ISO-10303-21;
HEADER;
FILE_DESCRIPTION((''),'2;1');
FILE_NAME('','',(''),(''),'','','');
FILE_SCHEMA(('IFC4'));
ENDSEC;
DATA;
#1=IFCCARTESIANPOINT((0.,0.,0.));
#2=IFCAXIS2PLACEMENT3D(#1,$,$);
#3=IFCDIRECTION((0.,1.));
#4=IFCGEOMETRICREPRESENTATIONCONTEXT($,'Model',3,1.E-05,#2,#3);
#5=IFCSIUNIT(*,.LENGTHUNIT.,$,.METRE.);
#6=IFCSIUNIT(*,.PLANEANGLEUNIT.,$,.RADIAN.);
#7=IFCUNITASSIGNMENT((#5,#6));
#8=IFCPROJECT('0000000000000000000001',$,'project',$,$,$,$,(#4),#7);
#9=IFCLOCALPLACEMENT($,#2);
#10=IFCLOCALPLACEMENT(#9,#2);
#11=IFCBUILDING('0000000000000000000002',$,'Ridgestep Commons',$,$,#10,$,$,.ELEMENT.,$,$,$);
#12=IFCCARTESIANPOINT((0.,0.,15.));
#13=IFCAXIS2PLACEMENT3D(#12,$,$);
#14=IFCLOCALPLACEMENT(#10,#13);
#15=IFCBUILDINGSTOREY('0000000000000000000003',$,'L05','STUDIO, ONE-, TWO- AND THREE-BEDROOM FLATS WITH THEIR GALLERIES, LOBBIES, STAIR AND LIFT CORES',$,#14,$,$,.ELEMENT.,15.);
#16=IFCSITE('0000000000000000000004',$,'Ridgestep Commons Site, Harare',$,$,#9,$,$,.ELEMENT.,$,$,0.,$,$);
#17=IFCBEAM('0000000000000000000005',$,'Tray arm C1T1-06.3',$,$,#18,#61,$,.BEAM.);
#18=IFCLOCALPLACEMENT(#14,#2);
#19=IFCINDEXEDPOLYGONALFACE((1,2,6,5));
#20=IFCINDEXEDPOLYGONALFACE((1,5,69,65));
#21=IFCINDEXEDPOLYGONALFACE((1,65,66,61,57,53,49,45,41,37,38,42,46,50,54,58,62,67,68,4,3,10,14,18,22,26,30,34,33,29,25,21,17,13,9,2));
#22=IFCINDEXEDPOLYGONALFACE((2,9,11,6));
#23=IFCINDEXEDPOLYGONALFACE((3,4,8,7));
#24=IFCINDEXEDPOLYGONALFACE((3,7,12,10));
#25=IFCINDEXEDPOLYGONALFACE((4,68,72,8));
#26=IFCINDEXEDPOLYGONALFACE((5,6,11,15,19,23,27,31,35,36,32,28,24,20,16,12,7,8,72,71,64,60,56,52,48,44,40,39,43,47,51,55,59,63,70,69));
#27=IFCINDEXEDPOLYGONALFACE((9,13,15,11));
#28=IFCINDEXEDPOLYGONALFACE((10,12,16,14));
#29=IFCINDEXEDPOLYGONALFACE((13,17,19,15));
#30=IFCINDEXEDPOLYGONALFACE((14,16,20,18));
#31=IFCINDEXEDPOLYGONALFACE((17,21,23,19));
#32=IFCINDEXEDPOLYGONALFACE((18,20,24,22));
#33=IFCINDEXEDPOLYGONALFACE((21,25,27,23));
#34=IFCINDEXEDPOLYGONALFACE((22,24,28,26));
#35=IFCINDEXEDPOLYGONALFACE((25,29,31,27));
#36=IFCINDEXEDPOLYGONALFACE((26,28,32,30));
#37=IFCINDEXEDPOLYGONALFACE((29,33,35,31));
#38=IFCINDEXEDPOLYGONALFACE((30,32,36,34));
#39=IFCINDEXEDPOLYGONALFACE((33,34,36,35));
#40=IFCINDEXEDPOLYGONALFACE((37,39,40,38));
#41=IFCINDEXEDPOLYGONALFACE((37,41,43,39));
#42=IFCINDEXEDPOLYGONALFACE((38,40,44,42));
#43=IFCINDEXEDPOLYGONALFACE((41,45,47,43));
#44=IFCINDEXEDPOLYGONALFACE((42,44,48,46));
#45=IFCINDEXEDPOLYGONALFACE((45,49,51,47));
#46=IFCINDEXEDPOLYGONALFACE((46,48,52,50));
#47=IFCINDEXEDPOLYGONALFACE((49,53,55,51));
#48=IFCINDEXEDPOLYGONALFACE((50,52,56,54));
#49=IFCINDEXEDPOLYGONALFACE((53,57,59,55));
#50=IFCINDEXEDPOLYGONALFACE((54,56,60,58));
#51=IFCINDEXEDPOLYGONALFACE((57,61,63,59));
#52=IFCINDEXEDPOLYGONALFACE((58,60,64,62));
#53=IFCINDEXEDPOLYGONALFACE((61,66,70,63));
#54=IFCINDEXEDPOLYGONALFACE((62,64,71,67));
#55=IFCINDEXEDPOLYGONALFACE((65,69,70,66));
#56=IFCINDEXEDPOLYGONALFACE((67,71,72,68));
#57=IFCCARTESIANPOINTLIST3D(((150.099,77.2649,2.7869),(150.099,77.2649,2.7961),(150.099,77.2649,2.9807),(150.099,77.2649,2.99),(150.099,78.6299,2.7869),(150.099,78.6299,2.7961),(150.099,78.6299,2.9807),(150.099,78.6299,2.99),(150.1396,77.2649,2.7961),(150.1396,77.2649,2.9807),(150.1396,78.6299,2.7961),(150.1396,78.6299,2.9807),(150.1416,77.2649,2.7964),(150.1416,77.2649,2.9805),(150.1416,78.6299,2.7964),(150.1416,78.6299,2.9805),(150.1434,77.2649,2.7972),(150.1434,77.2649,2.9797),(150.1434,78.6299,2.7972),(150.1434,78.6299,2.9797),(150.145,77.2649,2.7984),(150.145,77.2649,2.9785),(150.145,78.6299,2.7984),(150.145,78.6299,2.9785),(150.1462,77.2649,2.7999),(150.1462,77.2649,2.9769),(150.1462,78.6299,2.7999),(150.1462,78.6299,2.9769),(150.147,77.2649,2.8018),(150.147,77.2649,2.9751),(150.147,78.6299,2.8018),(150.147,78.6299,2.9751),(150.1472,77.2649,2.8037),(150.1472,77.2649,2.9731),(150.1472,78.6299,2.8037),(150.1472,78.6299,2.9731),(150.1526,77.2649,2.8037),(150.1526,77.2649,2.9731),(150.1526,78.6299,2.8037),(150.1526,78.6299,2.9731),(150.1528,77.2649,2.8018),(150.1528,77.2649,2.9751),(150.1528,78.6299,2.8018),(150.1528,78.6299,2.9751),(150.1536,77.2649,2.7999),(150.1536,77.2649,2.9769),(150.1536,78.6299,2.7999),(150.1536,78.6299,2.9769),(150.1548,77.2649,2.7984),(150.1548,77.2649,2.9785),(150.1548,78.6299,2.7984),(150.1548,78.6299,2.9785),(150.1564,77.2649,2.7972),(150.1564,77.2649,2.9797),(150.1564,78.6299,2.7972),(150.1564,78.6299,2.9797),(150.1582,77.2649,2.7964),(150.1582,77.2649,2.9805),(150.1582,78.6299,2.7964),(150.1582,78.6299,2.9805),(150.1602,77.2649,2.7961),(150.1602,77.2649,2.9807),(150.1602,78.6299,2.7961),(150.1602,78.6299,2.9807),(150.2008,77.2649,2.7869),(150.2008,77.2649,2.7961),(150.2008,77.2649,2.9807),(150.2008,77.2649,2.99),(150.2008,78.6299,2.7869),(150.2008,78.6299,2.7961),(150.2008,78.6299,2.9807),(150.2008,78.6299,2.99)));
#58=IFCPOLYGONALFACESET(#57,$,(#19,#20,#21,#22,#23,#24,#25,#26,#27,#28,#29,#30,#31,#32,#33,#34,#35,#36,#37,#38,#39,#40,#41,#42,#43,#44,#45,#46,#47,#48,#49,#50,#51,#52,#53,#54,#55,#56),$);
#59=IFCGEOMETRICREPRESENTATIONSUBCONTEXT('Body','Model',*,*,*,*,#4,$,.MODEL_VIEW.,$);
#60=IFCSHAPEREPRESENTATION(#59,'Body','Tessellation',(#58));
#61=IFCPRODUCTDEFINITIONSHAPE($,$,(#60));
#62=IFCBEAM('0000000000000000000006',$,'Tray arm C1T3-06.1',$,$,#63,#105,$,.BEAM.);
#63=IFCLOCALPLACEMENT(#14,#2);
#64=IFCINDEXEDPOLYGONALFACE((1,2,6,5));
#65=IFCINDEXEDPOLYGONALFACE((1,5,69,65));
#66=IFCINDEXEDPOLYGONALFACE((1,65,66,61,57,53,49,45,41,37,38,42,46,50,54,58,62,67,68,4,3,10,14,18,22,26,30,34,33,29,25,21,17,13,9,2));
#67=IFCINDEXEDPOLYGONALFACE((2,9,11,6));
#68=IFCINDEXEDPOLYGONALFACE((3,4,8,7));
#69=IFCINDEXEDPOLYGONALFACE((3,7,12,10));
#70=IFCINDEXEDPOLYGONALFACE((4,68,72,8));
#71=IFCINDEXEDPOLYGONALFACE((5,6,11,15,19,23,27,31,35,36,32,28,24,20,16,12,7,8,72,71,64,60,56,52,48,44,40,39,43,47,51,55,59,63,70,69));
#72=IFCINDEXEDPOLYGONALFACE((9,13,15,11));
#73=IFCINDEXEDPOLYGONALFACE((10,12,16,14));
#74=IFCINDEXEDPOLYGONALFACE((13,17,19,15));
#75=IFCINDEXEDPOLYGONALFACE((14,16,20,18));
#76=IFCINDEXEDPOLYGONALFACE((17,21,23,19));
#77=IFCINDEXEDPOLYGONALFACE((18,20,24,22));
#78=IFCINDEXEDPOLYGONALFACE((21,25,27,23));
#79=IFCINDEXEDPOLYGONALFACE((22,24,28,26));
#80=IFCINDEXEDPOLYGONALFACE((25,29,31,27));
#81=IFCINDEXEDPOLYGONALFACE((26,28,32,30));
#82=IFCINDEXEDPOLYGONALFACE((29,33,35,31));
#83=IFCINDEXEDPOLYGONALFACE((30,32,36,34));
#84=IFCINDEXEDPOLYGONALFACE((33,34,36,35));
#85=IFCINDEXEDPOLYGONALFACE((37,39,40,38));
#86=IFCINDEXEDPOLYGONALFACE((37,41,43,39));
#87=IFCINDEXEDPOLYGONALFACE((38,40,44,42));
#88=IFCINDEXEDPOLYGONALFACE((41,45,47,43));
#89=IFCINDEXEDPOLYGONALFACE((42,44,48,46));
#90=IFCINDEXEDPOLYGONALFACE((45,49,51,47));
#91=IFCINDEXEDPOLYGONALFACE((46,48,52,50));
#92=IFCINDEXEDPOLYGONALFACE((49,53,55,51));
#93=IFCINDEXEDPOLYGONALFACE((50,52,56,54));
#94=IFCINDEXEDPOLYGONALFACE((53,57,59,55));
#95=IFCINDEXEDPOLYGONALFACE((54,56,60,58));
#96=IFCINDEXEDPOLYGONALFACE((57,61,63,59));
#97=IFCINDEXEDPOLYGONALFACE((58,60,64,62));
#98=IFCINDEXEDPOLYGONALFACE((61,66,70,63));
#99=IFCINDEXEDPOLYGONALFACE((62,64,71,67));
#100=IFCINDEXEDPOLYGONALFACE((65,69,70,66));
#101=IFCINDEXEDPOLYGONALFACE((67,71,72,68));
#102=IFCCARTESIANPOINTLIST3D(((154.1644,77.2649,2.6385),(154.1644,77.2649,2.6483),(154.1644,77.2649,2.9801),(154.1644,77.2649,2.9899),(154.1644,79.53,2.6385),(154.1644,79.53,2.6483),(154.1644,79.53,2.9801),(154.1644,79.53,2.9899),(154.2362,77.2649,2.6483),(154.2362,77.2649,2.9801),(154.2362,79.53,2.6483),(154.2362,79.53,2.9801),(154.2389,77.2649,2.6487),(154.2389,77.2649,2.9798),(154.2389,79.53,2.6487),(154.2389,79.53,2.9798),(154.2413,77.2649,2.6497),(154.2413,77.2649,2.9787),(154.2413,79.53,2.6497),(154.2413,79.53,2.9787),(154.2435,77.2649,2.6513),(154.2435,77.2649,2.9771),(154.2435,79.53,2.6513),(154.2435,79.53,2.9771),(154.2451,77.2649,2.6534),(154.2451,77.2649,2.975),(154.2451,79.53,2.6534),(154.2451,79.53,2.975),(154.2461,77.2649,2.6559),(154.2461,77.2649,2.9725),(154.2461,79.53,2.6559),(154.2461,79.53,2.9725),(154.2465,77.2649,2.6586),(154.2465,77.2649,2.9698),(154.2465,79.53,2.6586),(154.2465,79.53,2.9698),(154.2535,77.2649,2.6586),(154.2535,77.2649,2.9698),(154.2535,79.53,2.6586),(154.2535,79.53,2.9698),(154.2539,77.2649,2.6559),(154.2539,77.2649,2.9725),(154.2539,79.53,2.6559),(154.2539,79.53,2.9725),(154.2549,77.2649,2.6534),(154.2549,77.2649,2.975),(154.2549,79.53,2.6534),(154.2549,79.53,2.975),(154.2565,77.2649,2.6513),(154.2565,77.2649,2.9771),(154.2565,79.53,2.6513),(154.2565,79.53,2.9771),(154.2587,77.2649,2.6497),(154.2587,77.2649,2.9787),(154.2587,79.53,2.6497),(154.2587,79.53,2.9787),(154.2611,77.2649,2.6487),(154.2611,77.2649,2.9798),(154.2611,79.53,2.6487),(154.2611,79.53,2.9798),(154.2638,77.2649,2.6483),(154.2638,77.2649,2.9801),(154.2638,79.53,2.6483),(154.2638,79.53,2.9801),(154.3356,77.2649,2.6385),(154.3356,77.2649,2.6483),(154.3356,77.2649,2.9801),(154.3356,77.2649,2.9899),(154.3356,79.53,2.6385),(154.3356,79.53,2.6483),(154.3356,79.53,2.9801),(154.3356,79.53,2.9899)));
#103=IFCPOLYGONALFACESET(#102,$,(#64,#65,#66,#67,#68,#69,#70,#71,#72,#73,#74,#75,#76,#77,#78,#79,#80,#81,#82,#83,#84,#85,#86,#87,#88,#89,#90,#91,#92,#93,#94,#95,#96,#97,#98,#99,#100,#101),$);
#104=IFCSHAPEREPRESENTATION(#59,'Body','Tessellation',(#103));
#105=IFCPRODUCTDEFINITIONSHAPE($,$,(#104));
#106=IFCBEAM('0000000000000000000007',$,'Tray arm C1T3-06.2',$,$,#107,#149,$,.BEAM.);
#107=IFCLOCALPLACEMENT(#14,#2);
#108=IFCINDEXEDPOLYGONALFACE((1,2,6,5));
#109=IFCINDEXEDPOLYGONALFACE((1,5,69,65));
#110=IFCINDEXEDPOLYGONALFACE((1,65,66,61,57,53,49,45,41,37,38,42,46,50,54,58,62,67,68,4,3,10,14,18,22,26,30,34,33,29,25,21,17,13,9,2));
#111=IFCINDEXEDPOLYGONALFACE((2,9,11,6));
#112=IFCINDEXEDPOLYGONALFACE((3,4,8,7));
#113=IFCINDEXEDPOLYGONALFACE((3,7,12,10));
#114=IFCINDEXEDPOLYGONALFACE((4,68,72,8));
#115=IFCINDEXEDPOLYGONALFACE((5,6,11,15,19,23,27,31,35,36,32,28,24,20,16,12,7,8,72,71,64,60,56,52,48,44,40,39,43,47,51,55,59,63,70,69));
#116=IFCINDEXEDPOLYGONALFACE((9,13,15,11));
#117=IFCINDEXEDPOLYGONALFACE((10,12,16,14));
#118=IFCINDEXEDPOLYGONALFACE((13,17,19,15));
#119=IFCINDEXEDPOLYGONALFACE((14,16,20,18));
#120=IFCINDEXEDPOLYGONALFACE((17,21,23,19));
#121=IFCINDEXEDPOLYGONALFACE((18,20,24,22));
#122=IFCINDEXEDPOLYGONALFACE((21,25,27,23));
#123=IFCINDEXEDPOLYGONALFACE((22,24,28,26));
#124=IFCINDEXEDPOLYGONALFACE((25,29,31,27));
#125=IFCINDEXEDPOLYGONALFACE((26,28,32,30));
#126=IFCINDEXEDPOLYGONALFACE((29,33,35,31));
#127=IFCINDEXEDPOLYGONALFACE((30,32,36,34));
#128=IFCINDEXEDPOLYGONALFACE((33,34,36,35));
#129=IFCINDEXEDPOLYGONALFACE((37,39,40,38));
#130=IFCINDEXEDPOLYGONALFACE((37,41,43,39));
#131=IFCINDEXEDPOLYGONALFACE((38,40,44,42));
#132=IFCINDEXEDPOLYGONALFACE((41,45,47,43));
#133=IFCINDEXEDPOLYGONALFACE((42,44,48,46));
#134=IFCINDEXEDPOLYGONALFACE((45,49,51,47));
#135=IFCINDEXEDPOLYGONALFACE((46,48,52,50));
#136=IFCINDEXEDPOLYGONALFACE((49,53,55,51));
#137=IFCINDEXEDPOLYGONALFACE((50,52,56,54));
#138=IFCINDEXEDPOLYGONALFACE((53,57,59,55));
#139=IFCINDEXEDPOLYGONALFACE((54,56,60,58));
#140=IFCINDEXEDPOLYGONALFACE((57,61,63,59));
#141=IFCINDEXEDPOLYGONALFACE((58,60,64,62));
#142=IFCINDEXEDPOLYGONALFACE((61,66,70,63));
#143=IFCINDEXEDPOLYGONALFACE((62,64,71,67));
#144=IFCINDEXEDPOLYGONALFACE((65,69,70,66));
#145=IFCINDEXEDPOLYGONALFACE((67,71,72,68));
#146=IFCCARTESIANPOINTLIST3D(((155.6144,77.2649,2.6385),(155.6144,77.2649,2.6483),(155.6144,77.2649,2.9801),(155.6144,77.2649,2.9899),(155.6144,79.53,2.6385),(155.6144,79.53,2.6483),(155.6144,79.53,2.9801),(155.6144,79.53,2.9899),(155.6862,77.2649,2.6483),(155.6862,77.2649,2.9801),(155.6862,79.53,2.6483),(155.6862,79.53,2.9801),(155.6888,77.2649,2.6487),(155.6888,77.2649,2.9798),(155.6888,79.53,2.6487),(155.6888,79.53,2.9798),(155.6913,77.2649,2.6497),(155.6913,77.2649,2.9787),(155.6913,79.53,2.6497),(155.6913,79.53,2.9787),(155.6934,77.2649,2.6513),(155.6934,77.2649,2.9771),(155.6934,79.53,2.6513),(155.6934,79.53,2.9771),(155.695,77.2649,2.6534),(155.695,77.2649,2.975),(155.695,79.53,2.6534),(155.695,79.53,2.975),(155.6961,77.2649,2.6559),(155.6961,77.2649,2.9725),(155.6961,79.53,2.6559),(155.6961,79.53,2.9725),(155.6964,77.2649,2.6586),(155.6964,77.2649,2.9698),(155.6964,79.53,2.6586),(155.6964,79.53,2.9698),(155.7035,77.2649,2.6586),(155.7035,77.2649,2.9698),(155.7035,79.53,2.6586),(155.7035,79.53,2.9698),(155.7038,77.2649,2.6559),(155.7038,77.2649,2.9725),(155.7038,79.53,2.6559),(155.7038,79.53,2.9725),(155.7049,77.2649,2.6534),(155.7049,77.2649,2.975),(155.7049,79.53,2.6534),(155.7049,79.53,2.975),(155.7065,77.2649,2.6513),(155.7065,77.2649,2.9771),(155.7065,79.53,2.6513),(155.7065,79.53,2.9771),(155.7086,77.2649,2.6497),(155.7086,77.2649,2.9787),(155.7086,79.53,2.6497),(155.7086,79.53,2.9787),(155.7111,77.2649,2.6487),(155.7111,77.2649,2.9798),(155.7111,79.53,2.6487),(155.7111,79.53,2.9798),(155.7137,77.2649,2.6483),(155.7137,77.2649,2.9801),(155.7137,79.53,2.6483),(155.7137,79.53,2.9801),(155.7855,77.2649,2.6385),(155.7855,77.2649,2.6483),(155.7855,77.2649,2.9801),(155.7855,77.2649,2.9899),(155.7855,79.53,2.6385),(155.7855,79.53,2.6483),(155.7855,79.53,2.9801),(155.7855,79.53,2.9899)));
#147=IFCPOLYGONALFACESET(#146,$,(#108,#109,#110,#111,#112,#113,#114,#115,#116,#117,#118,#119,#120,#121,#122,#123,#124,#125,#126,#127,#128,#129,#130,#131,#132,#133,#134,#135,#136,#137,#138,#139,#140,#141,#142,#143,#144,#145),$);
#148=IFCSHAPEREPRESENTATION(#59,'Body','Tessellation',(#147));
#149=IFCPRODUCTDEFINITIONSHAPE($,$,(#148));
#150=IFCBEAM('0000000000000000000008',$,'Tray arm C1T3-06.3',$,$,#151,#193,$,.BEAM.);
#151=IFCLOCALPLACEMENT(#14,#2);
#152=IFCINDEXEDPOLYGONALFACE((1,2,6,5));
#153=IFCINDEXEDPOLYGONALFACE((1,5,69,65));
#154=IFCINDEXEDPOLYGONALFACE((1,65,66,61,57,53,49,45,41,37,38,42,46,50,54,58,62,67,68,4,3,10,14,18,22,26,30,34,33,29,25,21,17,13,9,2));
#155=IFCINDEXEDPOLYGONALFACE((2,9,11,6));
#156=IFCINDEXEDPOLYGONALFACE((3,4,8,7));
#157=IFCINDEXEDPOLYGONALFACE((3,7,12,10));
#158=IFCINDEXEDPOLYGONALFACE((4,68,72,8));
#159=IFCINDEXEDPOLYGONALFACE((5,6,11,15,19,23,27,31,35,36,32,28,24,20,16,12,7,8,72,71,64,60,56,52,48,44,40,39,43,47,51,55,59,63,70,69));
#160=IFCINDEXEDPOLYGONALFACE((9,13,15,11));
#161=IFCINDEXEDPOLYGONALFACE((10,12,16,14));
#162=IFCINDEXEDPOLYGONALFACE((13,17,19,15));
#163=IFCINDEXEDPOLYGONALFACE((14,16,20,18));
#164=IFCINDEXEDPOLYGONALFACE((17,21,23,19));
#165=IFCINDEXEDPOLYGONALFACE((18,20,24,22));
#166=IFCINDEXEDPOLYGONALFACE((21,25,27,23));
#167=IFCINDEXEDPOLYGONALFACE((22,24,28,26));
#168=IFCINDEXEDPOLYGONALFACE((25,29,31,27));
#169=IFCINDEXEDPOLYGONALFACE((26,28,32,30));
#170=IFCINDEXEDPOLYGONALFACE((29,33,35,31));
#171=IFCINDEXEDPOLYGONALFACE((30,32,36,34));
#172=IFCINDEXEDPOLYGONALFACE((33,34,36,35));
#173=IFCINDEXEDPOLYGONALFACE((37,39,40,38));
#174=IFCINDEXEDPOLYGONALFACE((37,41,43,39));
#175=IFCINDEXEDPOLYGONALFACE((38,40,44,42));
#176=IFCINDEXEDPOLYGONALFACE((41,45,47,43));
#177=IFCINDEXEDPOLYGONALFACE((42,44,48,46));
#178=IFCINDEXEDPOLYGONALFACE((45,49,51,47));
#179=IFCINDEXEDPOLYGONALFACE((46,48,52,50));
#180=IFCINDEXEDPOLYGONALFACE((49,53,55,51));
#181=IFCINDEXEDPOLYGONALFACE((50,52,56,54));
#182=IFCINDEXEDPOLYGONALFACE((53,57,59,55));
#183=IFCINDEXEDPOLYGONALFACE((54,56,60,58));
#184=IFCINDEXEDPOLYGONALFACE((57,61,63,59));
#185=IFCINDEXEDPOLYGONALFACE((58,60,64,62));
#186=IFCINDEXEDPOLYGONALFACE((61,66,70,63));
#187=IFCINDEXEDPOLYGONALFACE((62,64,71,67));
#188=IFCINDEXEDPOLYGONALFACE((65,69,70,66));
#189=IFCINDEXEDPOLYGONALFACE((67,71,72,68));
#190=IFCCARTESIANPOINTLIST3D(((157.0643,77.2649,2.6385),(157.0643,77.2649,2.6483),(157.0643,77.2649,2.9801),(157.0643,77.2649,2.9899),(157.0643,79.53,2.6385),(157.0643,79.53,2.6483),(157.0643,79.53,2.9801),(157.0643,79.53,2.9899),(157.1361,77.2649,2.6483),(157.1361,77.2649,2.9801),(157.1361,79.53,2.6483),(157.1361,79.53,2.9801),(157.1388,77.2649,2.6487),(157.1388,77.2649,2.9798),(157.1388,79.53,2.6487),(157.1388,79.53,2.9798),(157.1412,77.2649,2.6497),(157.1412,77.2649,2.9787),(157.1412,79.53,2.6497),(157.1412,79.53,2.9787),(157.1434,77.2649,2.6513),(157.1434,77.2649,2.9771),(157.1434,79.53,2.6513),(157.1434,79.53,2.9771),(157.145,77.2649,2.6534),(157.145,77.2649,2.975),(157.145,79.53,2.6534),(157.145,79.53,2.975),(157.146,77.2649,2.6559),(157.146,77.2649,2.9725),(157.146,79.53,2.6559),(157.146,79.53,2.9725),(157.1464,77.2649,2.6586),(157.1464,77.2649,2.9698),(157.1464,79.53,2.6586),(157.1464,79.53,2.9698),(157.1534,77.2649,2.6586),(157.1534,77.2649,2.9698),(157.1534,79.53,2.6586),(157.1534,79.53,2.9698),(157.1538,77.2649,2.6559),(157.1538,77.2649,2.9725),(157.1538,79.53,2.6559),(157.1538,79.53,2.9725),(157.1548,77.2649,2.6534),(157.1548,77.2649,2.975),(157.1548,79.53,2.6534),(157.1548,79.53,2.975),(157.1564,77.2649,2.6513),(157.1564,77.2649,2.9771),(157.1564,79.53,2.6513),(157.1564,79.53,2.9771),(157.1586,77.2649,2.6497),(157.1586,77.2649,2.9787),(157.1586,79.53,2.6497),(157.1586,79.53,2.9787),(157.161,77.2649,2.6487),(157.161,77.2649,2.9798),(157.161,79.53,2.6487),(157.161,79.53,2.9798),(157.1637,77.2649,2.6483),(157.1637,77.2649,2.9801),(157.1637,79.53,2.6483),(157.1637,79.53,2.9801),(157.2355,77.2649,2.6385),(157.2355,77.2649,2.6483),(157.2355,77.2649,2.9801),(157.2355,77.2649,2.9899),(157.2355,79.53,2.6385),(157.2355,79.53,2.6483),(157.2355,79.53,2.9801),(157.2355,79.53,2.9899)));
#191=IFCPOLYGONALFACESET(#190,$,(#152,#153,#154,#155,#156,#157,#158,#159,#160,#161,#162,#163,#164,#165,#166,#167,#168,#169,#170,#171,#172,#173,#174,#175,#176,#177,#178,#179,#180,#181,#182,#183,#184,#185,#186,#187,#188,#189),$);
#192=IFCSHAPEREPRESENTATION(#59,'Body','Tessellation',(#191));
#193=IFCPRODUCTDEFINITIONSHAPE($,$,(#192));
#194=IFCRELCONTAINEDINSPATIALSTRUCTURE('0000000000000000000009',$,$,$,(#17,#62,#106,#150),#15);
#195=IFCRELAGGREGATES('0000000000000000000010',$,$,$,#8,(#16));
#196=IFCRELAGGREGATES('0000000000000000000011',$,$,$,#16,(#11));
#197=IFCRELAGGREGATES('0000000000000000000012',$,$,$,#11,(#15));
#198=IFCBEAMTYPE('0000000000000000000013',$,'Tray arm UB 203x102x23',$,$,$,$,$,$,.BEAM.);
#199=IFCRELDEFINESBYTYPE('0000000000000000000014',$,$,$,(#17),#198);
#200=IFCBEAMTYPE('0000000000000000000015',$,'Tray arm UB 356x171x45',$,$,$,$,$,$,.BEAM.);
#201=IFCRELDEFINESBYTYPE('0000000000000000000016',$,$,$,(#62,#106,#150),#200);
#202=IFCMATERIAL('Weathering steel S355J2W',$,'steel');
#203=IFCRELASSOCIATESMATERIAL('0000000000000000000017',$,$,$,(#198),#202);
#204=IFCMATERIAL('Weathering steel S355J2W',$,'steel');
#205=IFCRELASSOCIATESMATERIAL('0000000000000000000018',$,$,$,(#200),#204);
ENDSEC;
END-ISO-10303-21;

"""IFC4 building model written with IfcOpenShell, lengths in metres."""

from ifc_helpers import new_model, si_unit, direction, frame, origin, origin_2d, place, context, subcontext, project, spatial, i_section, extrude, material, material_profile, profile_set, type_object, element, save


model = new_model("IFC4")

# Units and contexts
model_context = context("Model", 3, precision=1e-05, world=origin(), true_north=direction((0.0, 1.0)))
body_context = subcontext(model_context, "Body", "Model", "MODEL_VIEW")
ifc_project = project(units=[si_unit("LENGTHUNIT", "METRE"), si_unit("PLANEANGLEUNIT", "RADIAN")], contexts=[model_context])

# Site, building, storey
site_placement = place(None, origin())
site = spatial("IfcSite", under=ifc_project, at=site_placement, Name="Ridgestep Commons Site, Harare", CompositionType="ELEMENT", RefElevation=0.0)
building_placement = place(site_placement, origin())
building = spatial("IfcBuilding", under=site, at=building_placement, Name="Ridgestep Commons", CompositionType="ELEMENT")
storey_placement = place(building_placement, frame((0.0, 0.0, 15.0)))
storey = spatial("IfcBuildingStorey", under=building, at=storey_placement, Name="L05", Description="STUDIO, ONE-, TWO- AND THREE-BEDROOM FLATS WITH THEIR GALLERIES, LOBBIES, STAIR AND LIFT CORES", CompositionType="ELEMENT", Elevation=15.0)

# Beams
ifc_material_1 = material(Name="Weathering steel S355J2W", Category="steel")
ifc_material_profile_1 = material_profile(ifc_material_1, i_section(OverallWidth=0.1018, OverallDepth=0.2031, WebThickness=0.0054, FlangeThickness=0.0093, FilletRadius=0.0076, at=origin_2d()), Name="UB 203x102x23")
ifc_profile_set_1 = profile_set([ifc_material_profile_1], Name="Weathering steel S355J2W")
beam_type_1 = type_object("IfcBeamType", Name="Tray arm UB 203x102x23", PredefinedType="BEAM", material=ifc_profile_set_1)
for number, where, z_axis, x_axis, name in (
    (1, (150.1499, 77.2649, 2.8884), (0.0, 1.0, 0.0), (-1.0, 0.0, 0.0), "Tray arm C1T1-06.3"),
):
    element("IfcBeam", number, at=place(storey_placement, frame(where, z_axis=z_axis, x_axis=x_axis)), inside=storey, type_object=beam_type_1, Name=name, PredefinedType="BEAM", context=body_context, shape_type="SweptSolid", body=[
        extrude(i_section(OverallWidth=0.1018, OverallDepth=0.2031, WebThickness=0.0054, FlangeThickness=0.0093, FilletRadius=0.0076, at=origin_2d()), origin(), (0.0, 0.0, 1.0), 1.365),
    ])
ifc_material_2 = material(Name="Weathering steel S355J2W", Category="steel")
ifc_material_profile_2 = material_profile(ifc_material_2, i_section(OverallWidth=0.1711, OverallDepth=0.3513, WebThickness=0.0071, FlangeThickness=0.0098, FilletRadius=0.0103, at=origin_2d()), Name="UB 356x171x45")
ifc_profile_set_2 = profile_set([ifc_material_profile_2], Name="Weathering steel S355J2W")
beam_type_2 = type_object("IfcBeamType", Name="Tray arm UB 356x171x45", PredefinedType="BEAM", material=ifc_profile_set_2)
for number, where, z_axis, x_axis, name in (
    (2, (154.25, 77.2649, 2.8142), (0.0, 1.0, 0.0), (-1.0, 0.0, 0.0), "Tray arm C1T3-06.1"),
    (3, (155.7, 77.2649, 2.8142), (0.0, 1.0, 0.0), (-1.0, 0.0, 0.0), "Tray arm C1T3-06.2"),
    (4, (157.1499, 77.2649, 2.8142), (0.0, 1.0, 0.0), (-1.0, 0.0, 0.0), "Tray arm C1T3-06.3"),
):
    element("IfcBeam", number, at=place(storey_placement, frame(where, z_axis=z_axis, x_axis=x_axis)), inside=storey, type_object=beam_type_2, Name=name, PredefinedType="BEAM", context=body_context, shape_type="SweptSolid", body=[
        extrude(i_section(OverallWidth=0.1711, OverallDepth=0.3513, WebThickness=0.0071, FlangeThickness=0.0098, FilletRadius=0.0103, at=origin_2d()), origin(), (0.0, 0.0, 1.0), 2.2651),
    ])

save(model, "model.ifc")
